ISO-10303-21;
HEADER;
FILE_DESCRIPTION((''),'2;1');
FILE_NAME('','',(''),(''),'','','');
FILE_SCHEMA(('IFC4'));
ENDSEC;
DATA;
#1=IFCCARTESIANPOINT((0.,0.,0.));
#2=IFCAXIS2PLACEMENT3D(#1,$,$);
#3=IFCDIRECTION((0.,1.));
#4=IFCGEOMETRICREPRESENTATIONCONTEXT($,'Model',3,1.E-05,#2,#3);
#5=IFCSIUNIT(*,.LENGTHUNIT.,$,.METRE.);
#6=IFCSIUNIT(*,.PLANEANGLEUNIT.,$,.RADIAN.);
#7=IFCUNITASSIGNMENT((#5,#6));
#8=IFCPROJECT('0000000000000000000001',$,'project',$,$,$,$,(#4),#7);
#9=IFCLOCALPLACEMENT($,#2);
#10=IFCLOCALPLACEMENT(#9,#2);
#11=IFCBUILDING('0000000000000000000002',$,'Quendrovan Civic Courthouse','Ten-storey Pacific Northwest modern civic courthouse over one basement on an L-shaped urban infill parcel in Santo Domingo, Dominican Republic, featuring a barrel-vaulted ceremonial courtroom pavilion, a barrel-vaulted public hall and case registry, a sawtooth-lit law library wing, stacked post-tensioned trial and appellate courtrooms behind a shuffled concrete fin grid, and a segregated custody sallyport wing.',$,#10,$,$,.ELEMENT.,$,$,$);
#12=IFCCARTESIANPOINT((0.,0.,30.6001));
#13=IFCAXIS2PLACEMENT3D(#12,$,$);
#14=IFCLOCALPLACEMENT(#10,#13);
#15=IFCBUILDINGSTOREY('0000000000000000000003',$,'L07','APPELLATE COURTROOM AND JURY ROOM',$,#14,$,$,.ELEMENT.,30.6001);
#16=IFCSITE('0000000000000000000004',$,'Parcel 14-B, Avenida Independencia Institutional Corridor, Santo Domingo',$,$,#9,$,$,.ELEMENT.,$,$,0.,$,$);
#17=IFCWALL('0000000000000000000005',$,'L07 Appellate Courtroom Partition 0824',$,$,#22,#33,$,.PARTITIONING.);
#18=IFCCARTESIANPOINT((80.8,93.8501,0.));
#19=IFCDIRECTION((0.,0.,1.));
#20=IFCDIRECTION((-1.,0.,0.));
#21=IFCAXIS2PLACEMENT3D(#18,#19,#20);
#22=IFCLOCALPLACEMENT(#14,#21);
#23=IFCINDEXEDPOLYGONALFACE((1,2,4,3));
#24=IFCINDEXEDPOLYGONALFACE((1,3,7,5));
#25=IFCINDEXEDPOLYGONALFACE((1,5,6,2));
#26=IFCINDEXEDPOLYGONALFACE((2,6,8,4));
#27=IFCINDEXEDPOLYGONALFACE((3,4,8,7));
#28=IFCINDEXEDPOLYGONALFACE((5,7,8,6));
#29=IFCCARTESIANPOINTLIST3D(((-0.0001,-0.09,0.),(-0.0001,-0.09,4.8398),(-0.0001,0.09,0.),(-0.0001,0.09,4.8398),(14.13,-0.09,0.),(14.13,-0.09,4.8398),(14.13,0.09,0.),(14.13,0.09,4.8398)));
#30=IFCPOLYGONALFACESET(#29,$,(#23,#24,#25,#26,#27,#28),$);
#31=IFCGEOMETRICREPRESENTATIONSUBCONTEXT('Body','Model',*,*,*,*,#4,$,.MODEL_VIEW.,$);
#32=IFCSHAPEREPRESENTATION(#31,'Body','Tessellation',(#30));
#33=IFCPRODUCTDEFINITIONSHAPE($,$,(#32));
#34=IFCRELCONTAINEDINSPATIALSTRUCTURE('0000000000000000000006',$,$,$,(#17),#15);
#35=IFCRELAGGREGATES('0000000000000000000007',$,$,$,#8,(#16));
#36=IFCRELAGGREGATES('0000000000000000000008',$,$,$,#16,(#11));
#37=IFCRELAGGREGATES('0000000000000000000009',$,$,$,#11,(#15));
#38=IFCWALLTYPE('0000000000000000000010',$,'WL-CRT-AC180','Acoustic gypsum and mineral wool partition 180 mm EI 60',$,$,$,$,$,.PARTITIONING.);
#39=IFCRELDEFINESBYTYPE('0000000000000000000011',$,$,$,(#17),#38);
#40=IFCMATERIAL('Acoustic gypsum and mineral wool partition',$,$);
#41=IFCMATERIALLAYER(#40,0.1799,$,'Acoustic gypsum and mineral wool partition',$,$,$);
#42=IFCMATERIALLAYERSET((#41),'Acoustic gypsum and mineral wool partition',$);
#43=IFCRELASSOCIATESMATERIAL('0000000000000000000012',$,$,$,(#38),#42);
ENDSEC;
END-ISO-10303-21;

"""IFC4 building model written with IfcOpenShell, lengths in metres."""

from ifc_helpers import new_model, si_unit, direction, frame, frame_2d, origin, place, context, subcontext, project, spatial, rectangle, extrude, material, layer, layer_set, type_object, element, save


model = new_model("IFC4")

# Units and contexts
model_context = context("Model", 3, precision=1e-05, world=origin(), true_north=direction((0.0, 1.0)))
body_context = subcontext(model_context, "Body", "Model", "MODEL_VIEW")
ifc_project = project(units=[si_unit("LENGTHUNIT", "METRE"), si_unit("PLANEANGLEUNIT", "RADIAN")], contexts=[model_context])

# Site, building, storey
site_placement = place(None, origin())
site = spatial("IfcSite", under=ifc_project, at=site_placement, Name="Parcel 14-B, Avenida Independencia Institutional Corridor, Santo Domingo", CompositionType="ELEMENT", RefElevation=0.0)
building_placement = place(site_placement, origin())
building = spatial("IfcBuilding", under=site, at=building_placement, Name="Quendrovan Civic Courthouse", Description="Ten-storey Pacific Northwest modern civic courthouse over one basement on an L-shaped urban infill parcel in Santo Domingo, Dominican Republic, featuring a barrel-vaulted ceremonial courtroom pavilion, a barrel-vaulted public hall and case registry, a sawtooth-lit law library wing, stacked post-tensioned trial and appellate courtrooms behind a shuffled concrete fin grid, and a segregated custody sallyport wing.", CompositionType="ELEMENT")
storey_placement = place(building_placement, frame((0.0, 0.0, 30.6001)))
storey = spatial("IfcBuildingStorey", under=building, at=storey_placement, Name="L07", Description="APPELLATE COURTROOM AND JURY ROOM", CompositionType="ELEMENT", Elevation=30.6001)

# Shared definitions
ifc_material_1 = material(Name="Acoustic gypsum and mineral wool partition")
ifc_layer_1 = layer(ifc_material_1, 0.1799, Name="Acoustic gypsum and mineral wool partition")
ifc_layer_set_1 = layer_set([ifc_layer_1], Name="Acoustic gypsum and mineral wool partition")
wall_type_1 = type_object("IfcWallType", Name="WL-CRT-AC180", Description="Acoustic gypsum and mineral wool partition 180 mm EI 60", PredefinedType="PARTITIONING", material=ifc_layer_set_1)

# Wall
wall_1_placement = place(storey_placement, frame((80.8, 93.8501, 0.0), z_axis=(0.0, 0.0, 1.0), x_axis=(-1.0, 0.0, 0.0)))
element("IfcWall", 1, at=wall_1_placement, inside=storey, type_object=wall_type_1, Name="L07 Appellate Courtroom Partition 0824", PredefinedType="PARTITIONING", context=body_context, shape_type="SweptSolid", body=[
    extrude(rectangle(XDim=14.1301, YDim=0.1799, at=frame_2d((7.0649, 0.0))), origin(), (0.0, 0.0, 1.0), 4.8398),
])

save(model, "model.ifc")
